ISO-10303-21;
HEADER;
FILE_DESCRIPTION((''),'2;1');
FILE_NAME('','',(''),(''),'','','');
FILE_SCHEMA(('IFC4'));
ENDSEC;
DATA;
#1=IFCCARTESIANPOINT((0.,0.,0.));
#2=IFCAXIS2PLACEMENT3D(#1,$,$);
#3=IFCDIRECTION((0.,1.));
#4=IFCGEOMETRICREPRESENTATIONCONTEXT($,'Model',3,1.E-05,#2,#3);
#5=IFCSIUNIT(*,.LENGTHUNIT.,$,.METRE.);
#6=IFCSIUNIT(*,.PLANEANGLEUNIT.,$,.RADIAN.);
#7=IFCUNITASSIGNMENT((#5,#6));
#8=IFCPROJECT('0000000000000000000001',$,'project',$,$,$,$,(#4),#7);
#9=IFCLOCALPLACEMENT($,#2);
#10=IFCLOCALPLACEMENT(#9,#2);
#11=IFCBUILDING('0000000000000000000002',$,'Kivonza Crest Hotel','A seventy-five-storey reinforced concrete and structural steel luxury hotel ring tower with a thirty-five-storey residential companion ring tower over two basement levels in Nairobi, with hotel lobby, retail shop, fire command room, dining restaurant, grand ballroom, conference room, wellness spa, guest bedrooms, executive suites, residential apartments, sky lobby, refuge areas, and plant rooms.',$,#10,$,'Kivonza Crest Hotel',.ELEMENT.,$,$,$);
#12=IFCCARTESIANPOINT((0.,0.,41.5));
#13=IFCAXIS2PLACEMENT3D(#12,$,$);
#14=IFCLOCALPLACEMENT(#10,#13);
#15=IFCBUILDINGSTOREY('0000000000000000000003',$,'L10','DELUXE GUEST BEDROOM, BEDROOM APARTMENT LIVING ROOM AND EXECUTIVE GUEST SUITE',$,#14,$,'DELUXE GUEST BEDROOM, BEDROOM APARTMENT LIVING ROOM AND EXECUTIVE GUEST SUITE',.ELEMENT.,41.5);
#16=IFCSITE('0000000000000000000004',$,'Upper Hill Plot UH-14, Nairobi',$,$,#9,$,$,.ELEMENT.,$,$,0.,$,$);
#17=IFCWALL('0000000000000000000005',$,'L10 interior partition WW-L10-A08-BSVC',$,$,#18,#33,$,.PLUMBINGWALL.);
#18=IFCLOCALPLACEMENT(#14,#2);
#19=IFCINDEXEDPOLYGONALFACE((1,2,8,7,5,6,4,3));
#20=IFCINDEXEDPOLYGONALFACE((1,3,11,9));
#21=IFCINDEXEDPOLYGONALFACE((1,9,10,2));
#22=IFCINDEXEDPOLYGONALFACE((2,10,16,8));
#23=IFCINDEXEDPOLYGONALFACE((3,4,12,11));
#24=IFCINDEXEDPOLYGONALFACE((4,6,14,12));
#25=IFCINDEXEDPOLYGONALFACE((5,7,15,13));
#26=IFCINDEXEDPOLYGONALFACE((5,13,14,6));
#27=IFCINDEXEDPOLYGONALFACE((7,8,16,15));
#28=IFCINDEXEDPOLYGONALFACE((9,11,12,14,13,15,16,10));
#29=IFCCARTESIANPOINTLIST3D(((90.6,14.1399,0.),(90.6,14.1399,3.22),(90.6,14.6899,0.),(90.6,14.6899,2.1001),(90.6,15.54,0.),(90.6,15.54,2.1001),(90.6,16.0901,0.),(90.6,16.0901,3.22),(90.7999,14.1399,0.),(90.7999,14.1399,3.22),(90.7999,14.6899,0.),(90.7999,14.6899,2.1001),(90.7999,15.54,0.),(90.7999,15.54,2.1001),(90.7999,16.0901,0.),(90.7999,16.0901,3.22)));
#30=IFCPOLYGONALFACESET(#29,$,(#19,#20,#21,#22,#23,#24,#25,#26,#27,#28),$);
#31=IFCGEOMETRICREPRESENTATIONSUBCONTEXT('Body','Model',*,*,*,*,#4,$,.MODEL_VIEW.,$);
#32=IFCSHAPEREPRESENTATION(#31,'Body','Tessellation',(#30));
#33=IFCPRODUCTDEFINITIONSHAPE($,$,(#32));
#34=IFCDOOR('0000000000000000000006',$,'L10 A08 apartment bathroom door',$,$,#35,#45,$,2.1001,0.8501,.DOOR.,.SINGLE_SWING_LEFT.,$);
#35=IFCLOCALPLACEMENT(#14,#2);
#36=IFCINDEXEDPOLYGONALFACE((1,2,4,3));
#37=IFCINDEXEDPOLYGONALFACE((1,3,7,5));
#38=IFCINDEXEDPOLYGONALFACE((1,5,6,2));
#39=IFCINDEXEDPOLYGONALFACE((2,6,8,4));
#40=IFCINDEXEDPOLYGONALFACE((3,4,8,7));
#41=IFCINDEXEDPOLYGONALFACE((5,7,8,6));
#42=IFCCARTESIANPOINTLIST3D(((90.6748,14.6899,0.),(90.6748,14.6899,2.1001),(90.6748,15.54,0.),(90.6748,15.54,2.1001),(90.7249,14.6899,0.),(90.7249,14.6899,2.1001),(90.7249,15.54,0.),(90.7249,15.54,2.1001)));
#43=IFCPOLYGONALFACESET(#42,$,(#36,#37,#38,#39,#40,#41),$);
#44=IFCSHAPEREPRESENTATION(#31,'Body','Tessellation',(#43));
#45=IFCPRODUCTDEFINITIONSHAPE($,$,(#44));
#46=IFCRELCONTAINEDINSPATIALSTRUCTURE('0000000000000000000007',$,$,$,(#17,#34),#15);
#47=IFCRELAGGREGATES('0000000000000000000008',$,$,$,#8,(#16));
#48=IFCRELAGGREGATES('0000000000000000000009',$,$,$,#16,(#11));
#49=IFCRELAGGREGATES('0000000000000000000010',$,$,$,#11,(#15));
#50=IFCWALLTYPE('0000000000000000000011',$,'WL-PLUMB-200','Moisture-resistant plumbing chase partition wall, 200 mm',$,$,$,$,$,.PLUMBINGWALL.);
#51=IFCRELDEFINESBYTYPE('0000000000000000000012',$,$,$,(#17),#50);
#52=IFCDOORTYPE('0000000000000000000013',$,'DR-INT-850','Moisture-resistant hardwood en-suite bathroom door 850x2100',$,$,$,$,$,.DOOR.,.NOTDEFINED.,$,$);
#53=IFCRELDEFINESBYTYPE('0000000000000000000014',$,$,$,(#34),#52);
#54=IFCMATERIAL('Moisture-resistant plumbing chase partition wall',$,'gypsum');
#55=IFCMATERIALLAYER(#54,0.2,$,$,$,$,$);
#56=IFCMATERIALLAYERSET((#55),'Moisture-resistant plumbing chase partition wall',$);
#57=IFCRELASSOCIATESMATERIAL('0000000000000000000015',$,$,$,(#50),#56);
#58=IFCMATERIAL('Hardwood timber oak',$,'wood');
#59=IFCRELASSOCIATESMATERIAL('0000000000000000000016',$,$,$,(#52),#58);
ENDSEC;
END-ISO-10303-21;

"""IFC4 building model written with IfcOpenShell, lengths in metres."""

from ifc_helpers import new_model, si_unit, direction, frame, frame_2d, origin, place, context, subcontext, project, spatial, rectangle, extrude, material, layer, layer_set, type_object, element, fill, save


model = new_model("IFC4")

# Units and contexts
model_context = context("Model", 3, precision=1e-05, world=origin(), true_north=direction((0.0, 1.0)))
body_context = subcontext(model_context, "Body", "Model", "MODEL_VIEW")
ifc_project = project(units=[si_unit("LENGTHUNIT", "METRE"), si_unit("PLANEANGLEUNIT", "RADIAN")], contexts=[model_context])

# Site, building, storey
site_placement = place(None, origin())
site = spatial("IfcSite", under=ifc_project, at=site_placement, Name="Upper Hill Plot UH-14, Nairobi", CompositionType="ELEMENT", RefElevation=0.0)
building_placement = place(site_placement, origin())
building = spatial("IfcBuilding", under=site, at=building_placement, Name="Kivonza Crest Hotel", Description="A seventy-five-storey reinforced concrete and structural steel luxury hotel ring tower with a thirty-five-storey residential companion ring tower over two basement levels in Nairobi, with hotel lobby, retail shop, fire command room, dining restaurant, grand ballroom, conference room, wellness spa, guest bedrooms, executive suites, residential apartments, sky lobby, refuge areas, and plant rooms.", LongName="Kivonza Crest Hotel", CompositionType="ELEMENT")
storey_placement = place(building_placement, frame((0.0, 0.0, 41.5)))
storey = spatial("IfcBuildingStorey", under=building, at=storey_placement, Name="L10", Description="DELUXE GUEST BEDROOM, BEDROOM APARTMENT LIVING ROOM AND EXECUTIVE GUEST SUITE", LongName="DELUXE GUEST BEDROOM, BEDROOM APARTMENT LIVING ROOM AND EXECUTIVE GUEST SUITE", CompositionType="ELEMENT", Elevation=41.5)

# Shared definitions
ifc_material_1 = material(Name="Hardwood timber oak", Category="wood")

# Wall, opening, door
ifc_material_2 = material(Name="Moisture-resistant plumbing chase partition wall", Category="gypsum")
ifc_layer_1 = layer(ifc_material_2, 0.2)
ifc_layer_set_1 = layer_set([ifc_layer_1], Name="Moisture-resistant plumbing chase partition wall")
wall_type_1 = type_object("IfcWallType", Name="WL-PLUMB-200", Description="Moisture-resistant plumbing chase partition wall, 200 mm", PredefinedType="PLUMBINGWALL", material=ifc_layer_set_1)
wall_1_placement = place(storey_placement, frame((90.7, 14.1399, 0.0), z_axis=(0.0, 0.0, 1.0), x_axis=(0.0, 1.0, 0.0)))
wall_1 = element("IfcWall", 1, at=wall_1_placement, inside=storey, type_object=wall_type_1, Name="L10 interior partition WW-L10-A08-BSVC", PredefinedType="PLUMBINGWALL", context=body_context, shape_type="SweptSolid", body=[
    extrude(rectangle(XDim=1.9502, YDim=0.2, at=frame_2d((0.9751, 0.0))), origin(), (0.0, 0.0, 1.0), 3.22),
])
opening_1_placement = place(wall_1_placement, frame((0.55, 0.0, 0.0)))
opening_1 = element("IfcOpeningElement", 2, at=opening_1_placement, cuts=wall_1, PredefinedType="OPENING", context=body_context, shape_type="SweptSolid", body=[
    extrude(rectangle(XDim=0.8501, YDim=2.1001, at=frame_2d((0.425, 1.05))), frame((0.0, 0.1099, 0.0), z_axis=(0.0, -1.0, 0.0), x_axis=(1.0, 0.0, 0.0)), (0.0, 0.0, 1.0), 0.22),
])
door_type_1 = type_object("IfcDoorType", Name="DR-INT-850", Description="Moisture-resistant hardwood en-suite bathroom door 850x2100", OperationType="NOTDEFINED", PredefinedType="DOOR", material=ifc_material_1)
door_1_placement = place(opening_1_placement, frame((0.8501, 0.0, 0.0), z_axis=(0.0, 0.0, 1.0), x_axis=(-1.0, 0.0, 0.0)))
door_1 = element("IfcDoor", 3, at=door_1_placement, inside=storey, type_object=door_type_1, Name="L10 A08 apartment bathroom door", OperationType="SINGLE_SWING_LEFT", OverallHeight=2.1001, OverallWidth=0.8501, PredefinedType="DOOR", context=body_context, shape_type="SweptSolid", body=[
    extrude(rectangle(XDim=0.8501, YDim=2.1001, at=frame_2d((0.425, 1.05))), frame((0.0, 0.0249, 0.0), z_axis=(0.0, -1.0, 0.0), x_axis=(1.0, 0.0, 0.0)), (0.0, 0.0, 1.0), 0.05),
])
fill(opening_1, door_1)

save(model, "model.ifc")
